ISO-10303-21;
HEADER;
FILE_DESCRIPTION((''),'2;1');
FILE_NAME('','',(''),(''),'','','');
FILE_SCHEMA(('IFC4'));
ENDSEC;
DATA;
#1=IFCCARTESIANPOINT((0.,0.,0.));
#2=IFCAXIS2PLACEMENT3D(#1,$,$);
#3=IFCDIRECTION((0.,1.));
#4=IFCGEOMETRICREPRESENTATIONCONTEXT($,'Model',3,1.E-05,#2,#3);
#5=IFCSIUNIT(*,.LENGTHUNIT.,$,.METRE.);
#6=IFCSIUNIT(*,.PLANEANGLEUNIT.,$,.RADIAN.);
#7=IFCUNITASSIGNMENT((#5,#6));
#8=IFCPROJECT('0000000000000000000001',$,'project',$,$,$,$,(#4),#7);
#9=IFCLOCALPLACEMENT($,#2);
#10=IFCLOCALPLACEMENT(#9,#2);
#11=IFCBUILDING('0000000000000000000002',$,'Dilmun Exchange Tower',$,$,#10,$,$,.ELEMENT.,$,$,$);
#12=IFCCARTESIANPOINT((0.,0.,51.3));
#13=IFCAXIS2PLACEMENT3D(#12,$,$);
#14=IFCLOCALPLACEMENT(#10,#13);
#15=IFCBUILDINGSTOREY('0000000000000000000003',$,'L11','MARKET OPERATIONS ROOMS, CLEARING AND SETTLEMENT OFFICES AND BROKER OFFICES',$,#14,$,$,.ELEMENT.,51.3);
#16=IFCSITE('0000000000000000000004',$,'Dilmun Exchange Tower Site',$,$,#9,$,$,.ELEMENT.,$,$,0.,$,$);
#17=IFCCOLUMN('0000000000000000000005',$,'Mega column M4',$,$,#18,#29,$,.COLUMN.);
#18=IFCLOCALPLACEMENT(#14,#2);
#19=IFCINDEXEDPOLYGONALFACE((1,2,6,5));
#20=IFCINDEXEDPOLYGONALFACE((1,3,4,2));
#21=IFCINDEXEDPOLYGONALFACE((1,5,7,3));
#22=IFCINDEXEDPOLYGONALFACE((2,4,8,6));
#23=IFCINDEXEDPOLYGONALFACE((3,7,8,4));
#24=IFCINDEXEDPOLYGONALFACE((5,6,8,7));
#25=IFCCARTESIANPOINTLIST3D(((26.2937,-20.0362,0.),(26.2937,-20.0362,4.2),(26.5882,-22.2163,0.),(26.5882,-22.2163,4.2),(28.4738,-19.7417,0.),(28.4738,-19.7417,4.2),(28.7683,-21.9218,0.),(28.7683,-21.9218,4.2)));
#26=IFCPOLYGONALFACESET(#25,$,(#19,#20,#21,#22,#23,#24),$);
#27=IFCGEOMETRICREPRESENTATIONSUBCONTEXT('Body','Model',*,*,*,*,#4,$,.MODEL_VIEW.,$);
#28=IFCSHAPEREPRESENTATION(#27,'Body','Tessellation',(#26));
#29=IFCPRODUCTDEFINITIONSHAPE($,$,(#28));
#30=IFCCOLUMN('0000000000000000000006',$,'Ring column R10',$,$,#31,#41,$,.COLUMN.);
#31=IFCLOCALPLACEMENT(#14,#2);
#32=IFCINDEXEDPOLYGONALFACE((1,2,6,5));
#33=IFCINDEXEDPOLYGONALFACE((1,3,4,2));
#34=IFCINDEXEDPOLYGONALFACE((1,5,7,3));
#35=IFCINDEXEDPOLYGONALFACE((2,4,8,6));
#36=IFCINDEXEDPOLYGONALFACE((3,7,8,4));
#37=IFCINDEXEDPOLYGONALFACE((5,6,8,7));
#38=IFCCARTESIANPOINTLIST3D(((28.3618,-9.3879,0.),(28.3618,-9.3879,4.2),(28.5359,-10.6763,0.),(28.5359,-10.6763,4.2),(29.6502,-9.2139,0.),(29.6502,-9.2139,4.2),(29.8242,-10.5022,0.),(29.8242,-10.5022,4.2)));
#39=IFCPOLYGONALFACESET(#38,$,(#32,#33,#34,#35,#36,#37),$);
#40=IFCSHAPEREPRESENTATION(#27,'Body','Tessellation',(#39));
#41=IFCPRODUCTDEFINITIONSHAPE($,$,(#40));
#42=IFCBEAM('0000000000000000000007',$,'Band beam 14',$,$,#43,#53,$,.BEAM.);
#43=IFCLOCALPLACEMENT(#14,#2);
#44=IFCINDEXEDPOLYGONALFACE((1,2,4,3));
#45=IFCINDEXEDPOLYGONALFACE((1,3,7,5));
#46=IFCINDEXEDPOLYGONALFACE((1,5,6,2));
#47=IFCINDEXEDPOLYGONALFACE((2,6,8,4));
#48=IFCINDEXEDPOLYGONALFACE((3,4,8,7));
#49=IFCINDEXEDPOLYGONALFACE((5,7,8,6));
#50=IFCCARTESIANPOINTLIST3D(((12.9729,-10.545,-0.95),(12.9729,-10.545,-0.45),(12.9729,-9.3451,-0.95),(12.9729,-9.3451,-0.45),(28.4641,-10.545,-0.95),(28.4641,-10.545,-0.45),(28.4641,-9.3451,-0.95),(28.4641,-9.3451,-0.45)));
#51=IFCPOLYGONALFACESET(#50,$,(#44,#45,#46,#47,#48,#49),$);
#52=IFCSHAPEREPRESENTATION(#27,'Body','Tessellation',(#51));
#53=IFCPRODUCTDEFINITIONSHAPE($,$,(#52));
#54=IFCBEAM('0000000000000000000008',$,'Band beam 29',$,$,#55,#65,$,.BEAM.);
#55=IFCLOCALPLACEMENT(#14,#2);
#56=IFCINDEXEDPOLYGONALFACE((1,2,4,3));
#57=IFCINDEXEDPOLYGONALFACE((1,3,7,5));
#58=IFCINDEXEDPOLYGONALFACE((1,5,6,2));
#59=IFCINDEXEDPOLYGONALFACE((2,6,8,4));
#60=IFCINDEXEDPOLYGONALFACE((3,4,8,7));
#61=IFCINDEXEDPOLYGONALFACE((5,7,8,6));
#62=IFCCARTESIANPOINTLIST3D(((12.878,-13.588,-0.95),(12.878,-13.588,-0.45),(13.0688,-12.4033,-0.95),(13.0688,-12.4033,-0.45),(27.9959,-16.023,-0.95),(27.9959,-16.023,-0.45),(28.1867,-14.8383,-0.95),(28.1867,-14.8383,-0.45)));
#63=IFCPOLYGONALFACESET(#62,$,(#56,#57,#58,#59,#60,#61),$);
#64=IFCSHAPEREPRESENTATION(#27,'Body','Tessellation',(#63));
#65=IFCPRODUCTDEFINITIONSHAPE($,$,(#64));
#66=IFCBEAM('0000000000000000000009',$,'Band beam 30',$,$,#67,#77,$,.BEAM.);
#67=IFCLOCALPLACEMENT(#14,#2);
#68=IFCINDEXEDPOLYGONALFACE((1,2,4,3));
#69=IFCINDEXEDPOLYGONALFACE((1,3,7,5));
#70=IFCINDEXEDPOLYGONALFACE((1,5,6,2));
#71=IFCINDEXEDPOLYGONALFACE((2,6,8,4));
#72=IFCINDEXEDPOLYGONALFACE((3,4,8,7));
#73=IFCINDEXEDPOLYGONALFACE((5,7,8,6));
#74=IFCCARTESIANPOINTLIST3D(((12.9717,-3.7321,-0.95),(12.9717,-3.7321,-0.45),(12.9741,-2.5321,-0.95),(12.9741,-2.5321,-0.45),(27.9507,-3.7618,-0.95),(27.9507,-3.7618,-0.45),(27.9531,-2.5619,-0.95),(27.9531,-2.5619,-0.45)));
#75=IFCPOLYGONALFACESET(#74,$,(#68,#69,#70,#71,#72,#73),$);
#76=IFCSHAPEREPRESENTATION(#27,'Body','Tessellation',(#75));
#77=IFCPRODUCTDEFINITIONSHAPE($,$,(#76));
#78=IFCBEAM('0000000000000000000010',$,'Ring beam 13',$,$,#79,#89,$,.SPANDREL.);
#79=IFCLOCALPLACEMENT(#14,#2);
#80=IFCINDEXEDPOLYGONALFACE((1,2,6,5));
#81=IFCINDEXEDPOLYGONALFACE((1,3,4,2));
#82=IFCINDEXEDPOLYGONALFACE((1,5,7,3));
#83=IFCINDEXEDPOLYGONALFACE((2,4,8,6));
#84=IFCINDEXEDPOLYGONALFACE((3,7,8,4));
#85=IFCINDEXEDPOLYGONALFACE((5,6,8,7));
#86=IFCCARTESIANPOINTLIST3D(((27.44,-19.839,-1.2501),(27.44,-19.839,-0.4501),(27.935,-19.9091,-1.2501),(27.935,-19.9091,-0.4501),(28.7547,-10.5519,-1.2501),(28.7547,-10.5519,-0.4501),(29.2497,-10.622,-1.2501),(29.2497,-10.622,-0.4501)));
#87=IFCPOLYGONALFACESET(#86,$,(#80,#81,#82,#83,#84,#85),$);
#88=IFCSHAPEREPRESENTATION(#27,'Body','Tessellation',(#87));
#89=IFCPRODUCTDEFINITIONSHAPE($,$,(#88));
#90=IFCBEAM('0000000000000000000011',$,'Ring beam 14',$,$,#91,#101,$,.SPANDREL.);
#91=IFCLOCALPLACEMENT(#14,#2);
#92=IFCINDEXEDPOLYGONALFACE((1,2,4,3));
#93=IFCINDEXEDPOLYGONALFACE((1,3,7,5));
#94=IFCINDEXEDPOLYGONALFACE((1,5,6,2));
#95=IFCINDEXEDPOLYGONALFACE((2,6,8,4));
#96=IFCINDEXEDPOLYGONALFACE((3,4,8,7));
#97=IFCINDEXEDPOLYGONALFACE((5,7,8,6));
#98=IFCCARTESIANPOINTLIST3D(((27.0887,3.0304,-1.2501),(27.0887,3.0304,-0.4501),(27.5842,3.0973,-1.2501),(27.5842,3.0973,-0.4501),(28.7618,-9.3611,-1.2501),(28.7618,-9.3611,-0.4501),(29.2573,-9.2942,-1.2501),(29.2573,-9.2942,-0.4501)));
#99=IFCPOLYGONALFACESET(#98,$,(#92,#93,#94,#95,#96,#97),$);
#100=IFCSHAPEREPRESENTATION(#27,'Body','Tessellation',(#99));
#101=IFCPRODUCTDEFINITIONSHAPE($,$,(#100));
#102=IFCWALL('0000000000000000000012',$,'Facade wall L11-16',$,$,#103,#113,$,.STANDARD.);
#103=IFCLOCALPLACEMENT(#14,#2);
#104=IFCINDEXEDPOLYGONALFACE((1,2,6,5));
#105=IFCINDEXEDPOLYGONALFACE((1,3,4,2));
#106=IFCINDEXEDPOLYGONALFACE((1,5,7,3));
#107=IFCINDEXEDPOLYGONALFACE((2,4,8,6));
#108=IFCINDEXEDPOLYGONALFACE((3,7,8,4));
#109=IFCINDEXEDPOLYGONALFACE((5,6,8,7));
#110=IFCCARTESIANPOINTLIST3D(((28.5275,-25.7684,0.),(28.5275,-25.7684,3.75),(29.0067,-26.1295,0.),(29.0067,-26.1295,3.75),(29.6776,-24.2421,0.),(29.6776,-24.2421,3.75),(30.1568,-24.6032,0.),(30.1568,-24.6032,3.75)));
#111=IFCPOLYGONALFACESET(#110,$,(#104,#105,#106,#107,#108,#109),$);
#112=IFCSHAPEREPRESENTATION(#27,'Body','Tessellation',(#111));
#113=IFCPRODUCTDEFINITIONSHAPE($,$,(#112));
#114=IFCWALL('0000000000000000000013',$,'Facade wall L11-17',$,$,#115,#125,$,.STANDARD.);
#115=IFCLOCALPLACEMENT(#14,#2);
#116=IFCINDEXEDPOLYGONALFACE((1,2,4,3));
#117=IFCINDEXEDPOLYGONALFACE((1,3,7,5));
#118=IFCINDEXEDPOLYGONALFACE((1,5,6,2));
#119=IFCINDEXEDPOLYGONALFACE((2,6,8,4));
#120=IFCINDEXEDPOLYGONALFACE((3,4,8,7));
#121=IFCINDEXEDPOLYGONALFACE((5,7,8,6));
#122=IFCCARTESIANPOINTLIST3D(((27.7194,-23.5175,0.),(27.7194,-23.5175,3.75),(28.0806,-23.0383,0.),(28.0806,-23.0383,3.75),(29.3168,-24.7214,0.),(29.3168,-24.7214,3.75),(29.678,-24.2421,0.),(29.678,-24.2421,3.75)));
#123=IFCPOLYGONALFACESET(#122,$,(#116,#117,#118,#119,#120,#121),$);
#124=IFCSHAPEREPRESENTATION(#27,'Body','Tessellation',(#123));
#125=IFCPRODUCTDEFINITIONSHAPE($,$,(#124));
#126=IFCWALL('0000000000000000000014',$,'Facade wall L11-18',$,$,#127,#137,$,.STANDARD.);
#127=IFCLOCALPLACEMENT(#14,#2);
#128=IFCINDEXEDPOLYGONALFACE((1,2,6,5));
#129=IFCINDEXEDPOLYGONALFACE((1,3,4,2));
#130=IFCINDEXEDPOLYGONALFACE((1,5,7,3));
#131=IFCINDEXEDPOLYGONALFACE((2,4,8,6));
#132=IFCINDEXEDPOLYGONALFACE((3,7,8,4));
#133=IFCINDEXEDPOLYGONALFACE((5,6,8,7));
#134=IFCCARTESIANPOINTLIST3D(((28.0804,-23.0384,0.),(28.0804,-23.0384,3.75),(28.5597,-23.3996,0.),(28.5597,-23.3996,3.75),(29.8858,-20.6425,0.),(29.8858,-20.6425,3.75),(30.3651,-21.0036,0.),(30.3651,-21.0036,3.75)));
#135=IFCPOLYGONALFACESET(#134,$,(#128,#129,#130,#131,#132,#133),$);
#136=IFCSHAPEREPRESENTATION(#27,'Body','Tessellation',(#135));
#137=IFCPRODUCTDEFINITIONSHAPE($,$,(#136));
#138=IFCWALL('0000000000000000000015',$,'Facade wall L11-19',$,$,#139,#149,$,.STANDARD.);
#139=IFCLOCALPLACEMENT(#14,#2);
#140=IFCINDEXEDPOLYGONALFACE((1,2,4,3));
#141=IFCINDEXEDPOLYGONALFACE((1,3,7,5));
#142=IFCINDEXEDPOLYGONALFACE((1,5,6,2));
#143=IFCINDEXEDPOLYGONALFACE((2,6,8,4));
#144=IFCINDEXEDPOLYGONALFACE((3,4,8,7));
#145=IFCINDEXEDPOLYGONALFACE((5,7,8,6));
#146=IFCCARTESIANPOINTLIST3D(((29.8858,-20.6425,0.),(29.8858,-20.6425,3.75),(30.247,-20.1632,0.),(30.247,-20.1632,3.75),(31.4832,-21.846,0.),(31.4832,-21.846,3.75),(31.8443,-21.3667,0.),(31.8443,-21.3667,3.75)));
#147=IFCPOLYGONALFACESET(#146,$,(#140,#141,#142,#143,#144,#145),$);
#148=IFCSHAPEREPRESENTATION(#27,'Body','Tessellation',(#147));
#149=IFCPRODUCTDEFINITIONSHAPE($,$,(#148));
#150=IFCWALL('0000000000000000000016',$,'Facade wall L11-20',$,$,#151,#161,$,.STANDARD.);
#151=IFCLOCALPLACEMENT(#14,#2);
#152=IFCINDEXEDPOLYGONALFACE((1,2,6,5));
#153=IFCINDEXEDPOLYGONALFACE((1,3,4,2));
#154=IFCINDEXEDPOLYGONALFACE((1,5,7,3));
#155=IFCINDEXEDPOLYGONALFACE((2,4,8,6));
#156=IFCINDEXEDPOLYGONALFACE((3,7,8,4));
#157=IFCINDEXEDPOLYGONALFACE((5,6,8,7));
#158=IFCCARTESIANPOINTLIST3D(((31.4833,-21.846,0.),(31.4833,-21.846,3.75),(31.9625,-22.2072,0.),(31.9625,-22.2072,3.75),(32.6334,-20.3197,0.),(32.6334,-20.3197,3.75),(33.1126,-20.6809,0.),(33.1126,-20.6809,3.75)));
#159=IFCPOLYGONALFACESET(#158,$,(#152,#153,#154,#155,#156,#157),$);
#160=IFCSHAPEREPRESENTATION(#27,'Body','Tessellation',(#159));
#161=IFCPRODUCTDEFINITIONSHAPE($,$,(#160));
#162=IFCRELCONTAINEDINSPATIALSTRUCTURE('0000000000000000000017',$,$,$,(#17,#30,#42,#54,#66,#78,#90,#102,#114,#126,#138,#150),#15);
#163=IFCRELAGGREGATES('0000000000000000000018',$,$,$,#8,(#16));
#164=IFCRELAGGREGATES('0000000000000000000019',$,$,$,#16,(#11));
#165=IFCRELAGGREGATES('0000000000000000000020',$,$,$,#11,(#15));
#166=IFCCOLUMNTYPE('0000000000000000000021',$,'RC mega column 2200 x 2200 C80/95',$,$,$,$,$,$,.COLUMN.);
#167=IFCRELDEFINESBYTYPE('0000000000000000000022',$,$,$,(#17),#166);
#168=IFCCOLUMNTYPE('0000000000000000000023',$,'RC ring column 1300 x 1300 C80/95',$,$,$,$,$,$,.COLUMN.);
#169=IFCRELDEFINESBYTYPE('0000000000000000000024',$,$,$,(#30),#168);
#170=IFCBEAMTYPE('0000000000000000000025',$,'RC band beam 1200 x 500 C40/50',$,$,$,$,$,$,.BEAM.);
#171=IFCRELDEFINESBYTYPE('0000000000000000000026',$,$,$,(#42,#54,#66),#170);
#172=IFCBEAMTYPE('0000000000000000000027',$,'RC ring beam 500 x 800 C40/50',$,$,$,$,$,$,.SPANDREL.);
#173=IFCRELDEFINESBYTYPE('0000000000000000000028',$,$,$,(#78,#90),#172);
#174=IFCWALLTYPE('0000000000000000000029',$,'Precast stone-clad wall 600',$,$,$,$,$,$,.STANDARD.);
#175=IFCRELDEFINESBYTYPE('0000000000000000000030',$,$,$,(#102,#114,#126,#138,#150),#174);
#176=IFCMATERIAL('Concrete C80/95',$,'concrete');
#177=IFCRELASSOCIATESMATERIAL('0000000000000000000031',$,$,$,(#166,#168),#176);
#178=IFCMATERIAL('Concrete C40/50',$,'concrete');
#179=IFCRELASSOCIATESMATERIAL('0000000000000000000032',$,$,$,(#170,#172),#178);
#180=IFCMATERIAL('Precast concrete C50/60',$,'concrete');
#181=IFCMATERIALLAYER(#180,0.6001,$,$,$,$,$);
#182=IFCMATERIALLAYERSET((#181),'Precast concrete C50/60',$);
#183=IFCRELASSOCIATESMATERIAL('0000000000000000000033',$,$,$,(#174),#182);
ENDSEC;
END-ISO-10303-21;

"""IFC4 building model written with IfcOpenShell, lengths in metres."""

from ifc_helpers import new_model, si_unit, direction, frame, frame_2d, origin, origin_2d, place, context, subcontext, project, spatial, rectangle, extrude, material, layer, layer_set, material_profile, profile_set, type_object, element, save


model = new_model("IFC4")

# Units and contexts
model_context = context("Model", 3, precision=1e-05, world=origin(), true_north=direction((0.0, 1.0)))
body_context = subcontext(model_context, "Body", "Model", "MODEL_VIEW")
ifc_project = project(units=[si_unit("LENGTHUNIT", "METRE"), si_unit("PLANEANGLEUNIT", "RADIAN")], contexts=[model_context])

# Site, building, storey
site_placement = place(None, origin())
site = spatial("IfcSite", under=ifc_project, at=site_placement, Name="Dilmun Exchange Tower Site", CompositionType="ELEMENT", RefElevation=0.0)
building_placement = place(site_placement, origin())
building = spatial("IfcBuilding", under=site, at=building_placement, Name="Dilmun Exchange Tower", CompositionType="ELEMENT")
storey_placement = place(building_placement, frame((0.0, 0.0, 51.3)))
storey = spatial("IfcBuildingStorey", under=building, at=storey_placement, Name="L11", Description="MARKET OPERATIONS ROOMS, CLEARING AND SETTLEMENT OFFICES AND BROKER OFFICES", CompositionType="ELEMENT", Elevation=51.3)

# Columns
ifc_material_1 = material(Name="Concrete C80/95", Category="concrete")
ifc_material_profile_1 = material_profile(ifc_material_1, rectangle(XDim=2.2, YDim=2.2, at=origin_2d()), Name="2200 x 2200")
ifc_profile_set_1 = profile_set([ifc_material_profile_1], Name="Concrete C80/95")
column_type_1 = type_object("IfcColumnType", Name="RC mega column 2200 x 2200 C80/95", PredefinedType="COLUMN", material=ifc_profile_set_1)
column_1_placement = place(storey_placement, frame((27.531, -20.979, 0.0), z_axis=(0.0, 0.0, 1.0), x_axis=(0.991001, 0.133853, 0.0)))
element("IfcColumn", 1, at=column_1_placement, inside=storey, type_object=column_type_1, Name="Mega column M4", PredefinedType="COLUMN", context=body_context, shape_type="SweptSolid", body=[
    extrude(rectangle(XDim=2.2, YDim=2.2, at=origin_2d()), origin(), (0.0, 0.0, 1.0), 4.2),
])
ifc_material_profile_2 = material_profile(ifc_material_1, rectangle(XDim=1.3, YDim=1.3, at=origin_2d()), Name="1300 x 1300")
ifc_profile_set_2 = profile_set([ifc_material_profile_2], Name="Concrete C80/95")
column_type_2 = type_object("IfcColumnType", Name="RC ring column 1300 x 1300 C80/95", PredefinedType="COLUMN", material=ifc_profile_set_2)
column_2_placement = place(storey_placement, frame((29.093, -9.9451, 0.0), z_axis=(0.0, 0.0, 1.0), x_axis=(0.991001, 0.133853, 0.0)))
element("IfcColumn", 2, at=column_2_placement, inside=storey, type_object=column_type_2, Name="Ring column R10", PredefinedType="COLUMN", context=body_context, shape_type="SweptSolid", body=[
    extrude(rectangle(XDim=1.3, YDim=1.3, at=origin_2d()), origin(), (0.0, 0.0, 1.0), 4.2),
])

# Beams
ifc_material_2 = material(Name="Concrete C40/50", Category="concrete")
ifc_material_profile_3 = material_profile(ifc_material_2, rectangle(XDim=1.2, YDim=0.5, at=origin_2d()), Name="1200 x 500")
ifc_profile_set_3 = profile_set([ifc_material_profile_3], Name="Concrete C40/50")
beam_type_1 = type_object("IfcBeamType", Name="RC band beam 1200 x 500 C40/50", PredefinedType="BEAM", material=ifc_profile_set_3)
beam_1_placement = place(storey_placement, frame((28.4641, -9.9451, -0.7), z_axis=(-1.0, 0.0, 0.0), x_axis=(0.0, -1.0, 0.0)))
element("IfcBeam", 3, at=beam_1_placement, inside=storey, type_object=beam_type_1, Name="Band beam 14", PredefinedType="BEAM", context=body_context, shape_type="SweptSolid", body=[
    extrude(rectangle(XDim=1.2, YDim=0.5, at=origin_2d()), origin(), (0.0, 0.0, 1.0), 15.4912),
])
beam_2_placement = place(storey_placement, frame((28.0913, -15.4307, -0.7), z_axis=(-0.987275, 0.159021, 0.0), x_axis=(-0.159021, -0.987275, 0.0)))
element("IfcBeam", 4, at=beam_2_placement, inside=storey, type_object=beam_type_1, Name="Band beam 29", PredefinedType="BEAM", context=body_context, shape_type="SweptSolid", body=[
    extrude(rectangle(XDim=1.2, YDim=0.5, at=origin_2d()), origin(), (0.0, 0.0, 1.0), 15.3127),
])
beam_3_placement = place(storey_placement, frame((27.9519, -3.1619, -0.7), z_axis=(-0.999998, 0.001988, 0.0), x_axis=(-0.001988, -0.999998, 0.0)))
element("IfcBeam", 5, at=beam_3_placement, inside=storey, type_object=beam_type_1, Name="Band beam 30", PredefinedType="BEAM", context=body_context, shape_type="SweptSolid", body=[
    extrude(rectangle(XDim=1.2, YDim=0.5, at=origin_2d()), origin(), (0.0, 0.0, 1.0), 14.979),
])
ifc_material_profile_4 = material_profile(ifc_material_2, rectangle(XDim=0.5, YDim=0.8, at=origin_2d()), Name="500 x 800")
ifc_profile_set_4 = profile_set([ifc_material_profile_4], Name="Concrete C40/50")
beam_type_2 = type_object("IfcBeamType", Name="RC ring beam 500 x 800 C40/50", PredefinedType="SPANDREL", material=ifc_profile_set_4)
beam_4_placement = place(storey_placement, frame((27.6875, -19.874, -0.8501), z_axis=(0.140164, 0.990128, 0.0), x_axis=(-0.990128, 0.140164, 0.0)))
element("IfcBeam", 6, at=beam_4_placement, inside=storey, type_object=beam_type_2, Name="Ring beam 13", PredefinedType="SPANDREL", context=body_context, shape_type="SweptSolid", body=[
    extrude(rectangle(XDim=0.5, YDim=0.8, at=origin_2d()), origin(), (0.0, 0.0, 1.0), 9.3796),
])
beam_5_placement = place(storey_placement, frame((29.0095, -9.3276, -0.8501), z_axis=(-0.133807, 0.991007, 0.0), x_axis=(-0.991007, -0.133807, 0.0)))
element("IfcBeam", 7, at=beam_5_placement, inside=storey, type_object=beam_type_2, Name="Ring beam 14", PredefinedType="SPANDREL", context=body_context, shape_type="SweptSolid", body=[
    extrude(rectangle(XDim=0.5, YDim=0.8, at=origin_2d()), origin(), (0.0, 0.0, 1.0), 12.5039),
])

# Walls
ifc_material_3 = material(Name="Precast concrete C50/60", Category="concrete")
ifc_layer = layer(ifc_material_3, 0.6001)
ifc_layer_set = layer_set([ifc_layer], Name="Precast concrete C50/60")
wall_type = type_object("IfcWallType", Name="Precast stone-clad wall 600", PredefinedType="STANDARD", material=ifc_layer_set)
wall_1_placement = place(storey_placement, frame((28.7671, -25.949, 0.0), z_axis=(0.0, 0.0, 1.0), x_axis=(0.601797, 0.798649, 0.0)))
element("IfcWall", 8, at=wall_1_placement, inside=storey, type_object=wall_type, Name="Facade wall L11-16", PredefinedType="STANDARD", context=body_context, shape_type="SweptSolid", body=[
    extrude(rectangle(XDim=1.9111, YDim=0.6001, at=frame_2d((0.9556, 0.0))), origin(), (0.0, 0.0, 1.0), 3.75),
])
wall_2_placement = place(storey_placement, frame((29.4973, -24.4817, 0.0), z_axis=(0.0, 0.0, 1.0), x_axis=(-0.798606, 0.601854, 0.0)))
element("IfcWall", 9, at=wall_2_placement, inside=storey, type_object=wall_type, Name="Facade wall L11-17", PredefinedType="STANDARD", context=body_context, shape_type="SweptSolid", body=[
    extrude(rectangle(XDim=2.0002, YDim=0.6001, at=frame_2d((1.0, 0.0))), origin(), (0.0, 0.0, 1.0), 3.75),
])
wall_3_placement = place(storey_placement, frame((28.3201, -23.219, 0.0), z_axis=(0.0, 0.0, 1.0), x_axis=(0.601795, 0.79865, 0.0)))
element("IfcWall", 10, at=wall_3_placement, inside=storey, type_object=wall_type, Name="Facade wall L11-18", PredefinedType="STANDARD", context=body_context, shape_type="SweptSolid", body=[
    extrude(rectangle(XDim=3.0, YDim=0.6001, at=frame_2d((1.5, 0.0))), origin(), (0.0, 0.0, 1.0), 3.75),
])
wall_4_placement = place(storey_placement, frame((30.0664, -20.4028, 0.0), z_axis=(0.0, 0.0, 1.0), x_axis=(0.798665, -0.601776, 0.0)))
element("IfcWall", 11, at=wall_4_placement, inside=storey, type_object=wall_type, Name="Facade wall L11-19", PredefinedType="STANDARD", context=body_context, shape_type="SweptSolid", body=[
    extrude(rectangle(XDim=2.0, YDim=0.6001, at=frame_2d((1.0, 0.0))), origin(), (0.0, 0.0, 1.0), 3.75),
])
wall_5_placement = place(storey_placement, frame((31.7229, -22.0266, 0.0), z_axis=(0.0, 0.0, 1.0), x_axis=(0.601797, 0.798649, 0.0)))
element("IfcWall", 12, at=wall_5_placement, inside=storey, type_object=wall_type, Name="Facade wall L11-20", PredefinedType="STANDARD", context=body_context, shape_type="SweptSolid", body=[
    extrude(rectangle(XDim=1.9111, YDim=0.6001, at=frame_2d((0.9556, 0.0))), origin(), (0.0, 0.0, 1.0), 3.75),
])

save(model, "model.ifc")
